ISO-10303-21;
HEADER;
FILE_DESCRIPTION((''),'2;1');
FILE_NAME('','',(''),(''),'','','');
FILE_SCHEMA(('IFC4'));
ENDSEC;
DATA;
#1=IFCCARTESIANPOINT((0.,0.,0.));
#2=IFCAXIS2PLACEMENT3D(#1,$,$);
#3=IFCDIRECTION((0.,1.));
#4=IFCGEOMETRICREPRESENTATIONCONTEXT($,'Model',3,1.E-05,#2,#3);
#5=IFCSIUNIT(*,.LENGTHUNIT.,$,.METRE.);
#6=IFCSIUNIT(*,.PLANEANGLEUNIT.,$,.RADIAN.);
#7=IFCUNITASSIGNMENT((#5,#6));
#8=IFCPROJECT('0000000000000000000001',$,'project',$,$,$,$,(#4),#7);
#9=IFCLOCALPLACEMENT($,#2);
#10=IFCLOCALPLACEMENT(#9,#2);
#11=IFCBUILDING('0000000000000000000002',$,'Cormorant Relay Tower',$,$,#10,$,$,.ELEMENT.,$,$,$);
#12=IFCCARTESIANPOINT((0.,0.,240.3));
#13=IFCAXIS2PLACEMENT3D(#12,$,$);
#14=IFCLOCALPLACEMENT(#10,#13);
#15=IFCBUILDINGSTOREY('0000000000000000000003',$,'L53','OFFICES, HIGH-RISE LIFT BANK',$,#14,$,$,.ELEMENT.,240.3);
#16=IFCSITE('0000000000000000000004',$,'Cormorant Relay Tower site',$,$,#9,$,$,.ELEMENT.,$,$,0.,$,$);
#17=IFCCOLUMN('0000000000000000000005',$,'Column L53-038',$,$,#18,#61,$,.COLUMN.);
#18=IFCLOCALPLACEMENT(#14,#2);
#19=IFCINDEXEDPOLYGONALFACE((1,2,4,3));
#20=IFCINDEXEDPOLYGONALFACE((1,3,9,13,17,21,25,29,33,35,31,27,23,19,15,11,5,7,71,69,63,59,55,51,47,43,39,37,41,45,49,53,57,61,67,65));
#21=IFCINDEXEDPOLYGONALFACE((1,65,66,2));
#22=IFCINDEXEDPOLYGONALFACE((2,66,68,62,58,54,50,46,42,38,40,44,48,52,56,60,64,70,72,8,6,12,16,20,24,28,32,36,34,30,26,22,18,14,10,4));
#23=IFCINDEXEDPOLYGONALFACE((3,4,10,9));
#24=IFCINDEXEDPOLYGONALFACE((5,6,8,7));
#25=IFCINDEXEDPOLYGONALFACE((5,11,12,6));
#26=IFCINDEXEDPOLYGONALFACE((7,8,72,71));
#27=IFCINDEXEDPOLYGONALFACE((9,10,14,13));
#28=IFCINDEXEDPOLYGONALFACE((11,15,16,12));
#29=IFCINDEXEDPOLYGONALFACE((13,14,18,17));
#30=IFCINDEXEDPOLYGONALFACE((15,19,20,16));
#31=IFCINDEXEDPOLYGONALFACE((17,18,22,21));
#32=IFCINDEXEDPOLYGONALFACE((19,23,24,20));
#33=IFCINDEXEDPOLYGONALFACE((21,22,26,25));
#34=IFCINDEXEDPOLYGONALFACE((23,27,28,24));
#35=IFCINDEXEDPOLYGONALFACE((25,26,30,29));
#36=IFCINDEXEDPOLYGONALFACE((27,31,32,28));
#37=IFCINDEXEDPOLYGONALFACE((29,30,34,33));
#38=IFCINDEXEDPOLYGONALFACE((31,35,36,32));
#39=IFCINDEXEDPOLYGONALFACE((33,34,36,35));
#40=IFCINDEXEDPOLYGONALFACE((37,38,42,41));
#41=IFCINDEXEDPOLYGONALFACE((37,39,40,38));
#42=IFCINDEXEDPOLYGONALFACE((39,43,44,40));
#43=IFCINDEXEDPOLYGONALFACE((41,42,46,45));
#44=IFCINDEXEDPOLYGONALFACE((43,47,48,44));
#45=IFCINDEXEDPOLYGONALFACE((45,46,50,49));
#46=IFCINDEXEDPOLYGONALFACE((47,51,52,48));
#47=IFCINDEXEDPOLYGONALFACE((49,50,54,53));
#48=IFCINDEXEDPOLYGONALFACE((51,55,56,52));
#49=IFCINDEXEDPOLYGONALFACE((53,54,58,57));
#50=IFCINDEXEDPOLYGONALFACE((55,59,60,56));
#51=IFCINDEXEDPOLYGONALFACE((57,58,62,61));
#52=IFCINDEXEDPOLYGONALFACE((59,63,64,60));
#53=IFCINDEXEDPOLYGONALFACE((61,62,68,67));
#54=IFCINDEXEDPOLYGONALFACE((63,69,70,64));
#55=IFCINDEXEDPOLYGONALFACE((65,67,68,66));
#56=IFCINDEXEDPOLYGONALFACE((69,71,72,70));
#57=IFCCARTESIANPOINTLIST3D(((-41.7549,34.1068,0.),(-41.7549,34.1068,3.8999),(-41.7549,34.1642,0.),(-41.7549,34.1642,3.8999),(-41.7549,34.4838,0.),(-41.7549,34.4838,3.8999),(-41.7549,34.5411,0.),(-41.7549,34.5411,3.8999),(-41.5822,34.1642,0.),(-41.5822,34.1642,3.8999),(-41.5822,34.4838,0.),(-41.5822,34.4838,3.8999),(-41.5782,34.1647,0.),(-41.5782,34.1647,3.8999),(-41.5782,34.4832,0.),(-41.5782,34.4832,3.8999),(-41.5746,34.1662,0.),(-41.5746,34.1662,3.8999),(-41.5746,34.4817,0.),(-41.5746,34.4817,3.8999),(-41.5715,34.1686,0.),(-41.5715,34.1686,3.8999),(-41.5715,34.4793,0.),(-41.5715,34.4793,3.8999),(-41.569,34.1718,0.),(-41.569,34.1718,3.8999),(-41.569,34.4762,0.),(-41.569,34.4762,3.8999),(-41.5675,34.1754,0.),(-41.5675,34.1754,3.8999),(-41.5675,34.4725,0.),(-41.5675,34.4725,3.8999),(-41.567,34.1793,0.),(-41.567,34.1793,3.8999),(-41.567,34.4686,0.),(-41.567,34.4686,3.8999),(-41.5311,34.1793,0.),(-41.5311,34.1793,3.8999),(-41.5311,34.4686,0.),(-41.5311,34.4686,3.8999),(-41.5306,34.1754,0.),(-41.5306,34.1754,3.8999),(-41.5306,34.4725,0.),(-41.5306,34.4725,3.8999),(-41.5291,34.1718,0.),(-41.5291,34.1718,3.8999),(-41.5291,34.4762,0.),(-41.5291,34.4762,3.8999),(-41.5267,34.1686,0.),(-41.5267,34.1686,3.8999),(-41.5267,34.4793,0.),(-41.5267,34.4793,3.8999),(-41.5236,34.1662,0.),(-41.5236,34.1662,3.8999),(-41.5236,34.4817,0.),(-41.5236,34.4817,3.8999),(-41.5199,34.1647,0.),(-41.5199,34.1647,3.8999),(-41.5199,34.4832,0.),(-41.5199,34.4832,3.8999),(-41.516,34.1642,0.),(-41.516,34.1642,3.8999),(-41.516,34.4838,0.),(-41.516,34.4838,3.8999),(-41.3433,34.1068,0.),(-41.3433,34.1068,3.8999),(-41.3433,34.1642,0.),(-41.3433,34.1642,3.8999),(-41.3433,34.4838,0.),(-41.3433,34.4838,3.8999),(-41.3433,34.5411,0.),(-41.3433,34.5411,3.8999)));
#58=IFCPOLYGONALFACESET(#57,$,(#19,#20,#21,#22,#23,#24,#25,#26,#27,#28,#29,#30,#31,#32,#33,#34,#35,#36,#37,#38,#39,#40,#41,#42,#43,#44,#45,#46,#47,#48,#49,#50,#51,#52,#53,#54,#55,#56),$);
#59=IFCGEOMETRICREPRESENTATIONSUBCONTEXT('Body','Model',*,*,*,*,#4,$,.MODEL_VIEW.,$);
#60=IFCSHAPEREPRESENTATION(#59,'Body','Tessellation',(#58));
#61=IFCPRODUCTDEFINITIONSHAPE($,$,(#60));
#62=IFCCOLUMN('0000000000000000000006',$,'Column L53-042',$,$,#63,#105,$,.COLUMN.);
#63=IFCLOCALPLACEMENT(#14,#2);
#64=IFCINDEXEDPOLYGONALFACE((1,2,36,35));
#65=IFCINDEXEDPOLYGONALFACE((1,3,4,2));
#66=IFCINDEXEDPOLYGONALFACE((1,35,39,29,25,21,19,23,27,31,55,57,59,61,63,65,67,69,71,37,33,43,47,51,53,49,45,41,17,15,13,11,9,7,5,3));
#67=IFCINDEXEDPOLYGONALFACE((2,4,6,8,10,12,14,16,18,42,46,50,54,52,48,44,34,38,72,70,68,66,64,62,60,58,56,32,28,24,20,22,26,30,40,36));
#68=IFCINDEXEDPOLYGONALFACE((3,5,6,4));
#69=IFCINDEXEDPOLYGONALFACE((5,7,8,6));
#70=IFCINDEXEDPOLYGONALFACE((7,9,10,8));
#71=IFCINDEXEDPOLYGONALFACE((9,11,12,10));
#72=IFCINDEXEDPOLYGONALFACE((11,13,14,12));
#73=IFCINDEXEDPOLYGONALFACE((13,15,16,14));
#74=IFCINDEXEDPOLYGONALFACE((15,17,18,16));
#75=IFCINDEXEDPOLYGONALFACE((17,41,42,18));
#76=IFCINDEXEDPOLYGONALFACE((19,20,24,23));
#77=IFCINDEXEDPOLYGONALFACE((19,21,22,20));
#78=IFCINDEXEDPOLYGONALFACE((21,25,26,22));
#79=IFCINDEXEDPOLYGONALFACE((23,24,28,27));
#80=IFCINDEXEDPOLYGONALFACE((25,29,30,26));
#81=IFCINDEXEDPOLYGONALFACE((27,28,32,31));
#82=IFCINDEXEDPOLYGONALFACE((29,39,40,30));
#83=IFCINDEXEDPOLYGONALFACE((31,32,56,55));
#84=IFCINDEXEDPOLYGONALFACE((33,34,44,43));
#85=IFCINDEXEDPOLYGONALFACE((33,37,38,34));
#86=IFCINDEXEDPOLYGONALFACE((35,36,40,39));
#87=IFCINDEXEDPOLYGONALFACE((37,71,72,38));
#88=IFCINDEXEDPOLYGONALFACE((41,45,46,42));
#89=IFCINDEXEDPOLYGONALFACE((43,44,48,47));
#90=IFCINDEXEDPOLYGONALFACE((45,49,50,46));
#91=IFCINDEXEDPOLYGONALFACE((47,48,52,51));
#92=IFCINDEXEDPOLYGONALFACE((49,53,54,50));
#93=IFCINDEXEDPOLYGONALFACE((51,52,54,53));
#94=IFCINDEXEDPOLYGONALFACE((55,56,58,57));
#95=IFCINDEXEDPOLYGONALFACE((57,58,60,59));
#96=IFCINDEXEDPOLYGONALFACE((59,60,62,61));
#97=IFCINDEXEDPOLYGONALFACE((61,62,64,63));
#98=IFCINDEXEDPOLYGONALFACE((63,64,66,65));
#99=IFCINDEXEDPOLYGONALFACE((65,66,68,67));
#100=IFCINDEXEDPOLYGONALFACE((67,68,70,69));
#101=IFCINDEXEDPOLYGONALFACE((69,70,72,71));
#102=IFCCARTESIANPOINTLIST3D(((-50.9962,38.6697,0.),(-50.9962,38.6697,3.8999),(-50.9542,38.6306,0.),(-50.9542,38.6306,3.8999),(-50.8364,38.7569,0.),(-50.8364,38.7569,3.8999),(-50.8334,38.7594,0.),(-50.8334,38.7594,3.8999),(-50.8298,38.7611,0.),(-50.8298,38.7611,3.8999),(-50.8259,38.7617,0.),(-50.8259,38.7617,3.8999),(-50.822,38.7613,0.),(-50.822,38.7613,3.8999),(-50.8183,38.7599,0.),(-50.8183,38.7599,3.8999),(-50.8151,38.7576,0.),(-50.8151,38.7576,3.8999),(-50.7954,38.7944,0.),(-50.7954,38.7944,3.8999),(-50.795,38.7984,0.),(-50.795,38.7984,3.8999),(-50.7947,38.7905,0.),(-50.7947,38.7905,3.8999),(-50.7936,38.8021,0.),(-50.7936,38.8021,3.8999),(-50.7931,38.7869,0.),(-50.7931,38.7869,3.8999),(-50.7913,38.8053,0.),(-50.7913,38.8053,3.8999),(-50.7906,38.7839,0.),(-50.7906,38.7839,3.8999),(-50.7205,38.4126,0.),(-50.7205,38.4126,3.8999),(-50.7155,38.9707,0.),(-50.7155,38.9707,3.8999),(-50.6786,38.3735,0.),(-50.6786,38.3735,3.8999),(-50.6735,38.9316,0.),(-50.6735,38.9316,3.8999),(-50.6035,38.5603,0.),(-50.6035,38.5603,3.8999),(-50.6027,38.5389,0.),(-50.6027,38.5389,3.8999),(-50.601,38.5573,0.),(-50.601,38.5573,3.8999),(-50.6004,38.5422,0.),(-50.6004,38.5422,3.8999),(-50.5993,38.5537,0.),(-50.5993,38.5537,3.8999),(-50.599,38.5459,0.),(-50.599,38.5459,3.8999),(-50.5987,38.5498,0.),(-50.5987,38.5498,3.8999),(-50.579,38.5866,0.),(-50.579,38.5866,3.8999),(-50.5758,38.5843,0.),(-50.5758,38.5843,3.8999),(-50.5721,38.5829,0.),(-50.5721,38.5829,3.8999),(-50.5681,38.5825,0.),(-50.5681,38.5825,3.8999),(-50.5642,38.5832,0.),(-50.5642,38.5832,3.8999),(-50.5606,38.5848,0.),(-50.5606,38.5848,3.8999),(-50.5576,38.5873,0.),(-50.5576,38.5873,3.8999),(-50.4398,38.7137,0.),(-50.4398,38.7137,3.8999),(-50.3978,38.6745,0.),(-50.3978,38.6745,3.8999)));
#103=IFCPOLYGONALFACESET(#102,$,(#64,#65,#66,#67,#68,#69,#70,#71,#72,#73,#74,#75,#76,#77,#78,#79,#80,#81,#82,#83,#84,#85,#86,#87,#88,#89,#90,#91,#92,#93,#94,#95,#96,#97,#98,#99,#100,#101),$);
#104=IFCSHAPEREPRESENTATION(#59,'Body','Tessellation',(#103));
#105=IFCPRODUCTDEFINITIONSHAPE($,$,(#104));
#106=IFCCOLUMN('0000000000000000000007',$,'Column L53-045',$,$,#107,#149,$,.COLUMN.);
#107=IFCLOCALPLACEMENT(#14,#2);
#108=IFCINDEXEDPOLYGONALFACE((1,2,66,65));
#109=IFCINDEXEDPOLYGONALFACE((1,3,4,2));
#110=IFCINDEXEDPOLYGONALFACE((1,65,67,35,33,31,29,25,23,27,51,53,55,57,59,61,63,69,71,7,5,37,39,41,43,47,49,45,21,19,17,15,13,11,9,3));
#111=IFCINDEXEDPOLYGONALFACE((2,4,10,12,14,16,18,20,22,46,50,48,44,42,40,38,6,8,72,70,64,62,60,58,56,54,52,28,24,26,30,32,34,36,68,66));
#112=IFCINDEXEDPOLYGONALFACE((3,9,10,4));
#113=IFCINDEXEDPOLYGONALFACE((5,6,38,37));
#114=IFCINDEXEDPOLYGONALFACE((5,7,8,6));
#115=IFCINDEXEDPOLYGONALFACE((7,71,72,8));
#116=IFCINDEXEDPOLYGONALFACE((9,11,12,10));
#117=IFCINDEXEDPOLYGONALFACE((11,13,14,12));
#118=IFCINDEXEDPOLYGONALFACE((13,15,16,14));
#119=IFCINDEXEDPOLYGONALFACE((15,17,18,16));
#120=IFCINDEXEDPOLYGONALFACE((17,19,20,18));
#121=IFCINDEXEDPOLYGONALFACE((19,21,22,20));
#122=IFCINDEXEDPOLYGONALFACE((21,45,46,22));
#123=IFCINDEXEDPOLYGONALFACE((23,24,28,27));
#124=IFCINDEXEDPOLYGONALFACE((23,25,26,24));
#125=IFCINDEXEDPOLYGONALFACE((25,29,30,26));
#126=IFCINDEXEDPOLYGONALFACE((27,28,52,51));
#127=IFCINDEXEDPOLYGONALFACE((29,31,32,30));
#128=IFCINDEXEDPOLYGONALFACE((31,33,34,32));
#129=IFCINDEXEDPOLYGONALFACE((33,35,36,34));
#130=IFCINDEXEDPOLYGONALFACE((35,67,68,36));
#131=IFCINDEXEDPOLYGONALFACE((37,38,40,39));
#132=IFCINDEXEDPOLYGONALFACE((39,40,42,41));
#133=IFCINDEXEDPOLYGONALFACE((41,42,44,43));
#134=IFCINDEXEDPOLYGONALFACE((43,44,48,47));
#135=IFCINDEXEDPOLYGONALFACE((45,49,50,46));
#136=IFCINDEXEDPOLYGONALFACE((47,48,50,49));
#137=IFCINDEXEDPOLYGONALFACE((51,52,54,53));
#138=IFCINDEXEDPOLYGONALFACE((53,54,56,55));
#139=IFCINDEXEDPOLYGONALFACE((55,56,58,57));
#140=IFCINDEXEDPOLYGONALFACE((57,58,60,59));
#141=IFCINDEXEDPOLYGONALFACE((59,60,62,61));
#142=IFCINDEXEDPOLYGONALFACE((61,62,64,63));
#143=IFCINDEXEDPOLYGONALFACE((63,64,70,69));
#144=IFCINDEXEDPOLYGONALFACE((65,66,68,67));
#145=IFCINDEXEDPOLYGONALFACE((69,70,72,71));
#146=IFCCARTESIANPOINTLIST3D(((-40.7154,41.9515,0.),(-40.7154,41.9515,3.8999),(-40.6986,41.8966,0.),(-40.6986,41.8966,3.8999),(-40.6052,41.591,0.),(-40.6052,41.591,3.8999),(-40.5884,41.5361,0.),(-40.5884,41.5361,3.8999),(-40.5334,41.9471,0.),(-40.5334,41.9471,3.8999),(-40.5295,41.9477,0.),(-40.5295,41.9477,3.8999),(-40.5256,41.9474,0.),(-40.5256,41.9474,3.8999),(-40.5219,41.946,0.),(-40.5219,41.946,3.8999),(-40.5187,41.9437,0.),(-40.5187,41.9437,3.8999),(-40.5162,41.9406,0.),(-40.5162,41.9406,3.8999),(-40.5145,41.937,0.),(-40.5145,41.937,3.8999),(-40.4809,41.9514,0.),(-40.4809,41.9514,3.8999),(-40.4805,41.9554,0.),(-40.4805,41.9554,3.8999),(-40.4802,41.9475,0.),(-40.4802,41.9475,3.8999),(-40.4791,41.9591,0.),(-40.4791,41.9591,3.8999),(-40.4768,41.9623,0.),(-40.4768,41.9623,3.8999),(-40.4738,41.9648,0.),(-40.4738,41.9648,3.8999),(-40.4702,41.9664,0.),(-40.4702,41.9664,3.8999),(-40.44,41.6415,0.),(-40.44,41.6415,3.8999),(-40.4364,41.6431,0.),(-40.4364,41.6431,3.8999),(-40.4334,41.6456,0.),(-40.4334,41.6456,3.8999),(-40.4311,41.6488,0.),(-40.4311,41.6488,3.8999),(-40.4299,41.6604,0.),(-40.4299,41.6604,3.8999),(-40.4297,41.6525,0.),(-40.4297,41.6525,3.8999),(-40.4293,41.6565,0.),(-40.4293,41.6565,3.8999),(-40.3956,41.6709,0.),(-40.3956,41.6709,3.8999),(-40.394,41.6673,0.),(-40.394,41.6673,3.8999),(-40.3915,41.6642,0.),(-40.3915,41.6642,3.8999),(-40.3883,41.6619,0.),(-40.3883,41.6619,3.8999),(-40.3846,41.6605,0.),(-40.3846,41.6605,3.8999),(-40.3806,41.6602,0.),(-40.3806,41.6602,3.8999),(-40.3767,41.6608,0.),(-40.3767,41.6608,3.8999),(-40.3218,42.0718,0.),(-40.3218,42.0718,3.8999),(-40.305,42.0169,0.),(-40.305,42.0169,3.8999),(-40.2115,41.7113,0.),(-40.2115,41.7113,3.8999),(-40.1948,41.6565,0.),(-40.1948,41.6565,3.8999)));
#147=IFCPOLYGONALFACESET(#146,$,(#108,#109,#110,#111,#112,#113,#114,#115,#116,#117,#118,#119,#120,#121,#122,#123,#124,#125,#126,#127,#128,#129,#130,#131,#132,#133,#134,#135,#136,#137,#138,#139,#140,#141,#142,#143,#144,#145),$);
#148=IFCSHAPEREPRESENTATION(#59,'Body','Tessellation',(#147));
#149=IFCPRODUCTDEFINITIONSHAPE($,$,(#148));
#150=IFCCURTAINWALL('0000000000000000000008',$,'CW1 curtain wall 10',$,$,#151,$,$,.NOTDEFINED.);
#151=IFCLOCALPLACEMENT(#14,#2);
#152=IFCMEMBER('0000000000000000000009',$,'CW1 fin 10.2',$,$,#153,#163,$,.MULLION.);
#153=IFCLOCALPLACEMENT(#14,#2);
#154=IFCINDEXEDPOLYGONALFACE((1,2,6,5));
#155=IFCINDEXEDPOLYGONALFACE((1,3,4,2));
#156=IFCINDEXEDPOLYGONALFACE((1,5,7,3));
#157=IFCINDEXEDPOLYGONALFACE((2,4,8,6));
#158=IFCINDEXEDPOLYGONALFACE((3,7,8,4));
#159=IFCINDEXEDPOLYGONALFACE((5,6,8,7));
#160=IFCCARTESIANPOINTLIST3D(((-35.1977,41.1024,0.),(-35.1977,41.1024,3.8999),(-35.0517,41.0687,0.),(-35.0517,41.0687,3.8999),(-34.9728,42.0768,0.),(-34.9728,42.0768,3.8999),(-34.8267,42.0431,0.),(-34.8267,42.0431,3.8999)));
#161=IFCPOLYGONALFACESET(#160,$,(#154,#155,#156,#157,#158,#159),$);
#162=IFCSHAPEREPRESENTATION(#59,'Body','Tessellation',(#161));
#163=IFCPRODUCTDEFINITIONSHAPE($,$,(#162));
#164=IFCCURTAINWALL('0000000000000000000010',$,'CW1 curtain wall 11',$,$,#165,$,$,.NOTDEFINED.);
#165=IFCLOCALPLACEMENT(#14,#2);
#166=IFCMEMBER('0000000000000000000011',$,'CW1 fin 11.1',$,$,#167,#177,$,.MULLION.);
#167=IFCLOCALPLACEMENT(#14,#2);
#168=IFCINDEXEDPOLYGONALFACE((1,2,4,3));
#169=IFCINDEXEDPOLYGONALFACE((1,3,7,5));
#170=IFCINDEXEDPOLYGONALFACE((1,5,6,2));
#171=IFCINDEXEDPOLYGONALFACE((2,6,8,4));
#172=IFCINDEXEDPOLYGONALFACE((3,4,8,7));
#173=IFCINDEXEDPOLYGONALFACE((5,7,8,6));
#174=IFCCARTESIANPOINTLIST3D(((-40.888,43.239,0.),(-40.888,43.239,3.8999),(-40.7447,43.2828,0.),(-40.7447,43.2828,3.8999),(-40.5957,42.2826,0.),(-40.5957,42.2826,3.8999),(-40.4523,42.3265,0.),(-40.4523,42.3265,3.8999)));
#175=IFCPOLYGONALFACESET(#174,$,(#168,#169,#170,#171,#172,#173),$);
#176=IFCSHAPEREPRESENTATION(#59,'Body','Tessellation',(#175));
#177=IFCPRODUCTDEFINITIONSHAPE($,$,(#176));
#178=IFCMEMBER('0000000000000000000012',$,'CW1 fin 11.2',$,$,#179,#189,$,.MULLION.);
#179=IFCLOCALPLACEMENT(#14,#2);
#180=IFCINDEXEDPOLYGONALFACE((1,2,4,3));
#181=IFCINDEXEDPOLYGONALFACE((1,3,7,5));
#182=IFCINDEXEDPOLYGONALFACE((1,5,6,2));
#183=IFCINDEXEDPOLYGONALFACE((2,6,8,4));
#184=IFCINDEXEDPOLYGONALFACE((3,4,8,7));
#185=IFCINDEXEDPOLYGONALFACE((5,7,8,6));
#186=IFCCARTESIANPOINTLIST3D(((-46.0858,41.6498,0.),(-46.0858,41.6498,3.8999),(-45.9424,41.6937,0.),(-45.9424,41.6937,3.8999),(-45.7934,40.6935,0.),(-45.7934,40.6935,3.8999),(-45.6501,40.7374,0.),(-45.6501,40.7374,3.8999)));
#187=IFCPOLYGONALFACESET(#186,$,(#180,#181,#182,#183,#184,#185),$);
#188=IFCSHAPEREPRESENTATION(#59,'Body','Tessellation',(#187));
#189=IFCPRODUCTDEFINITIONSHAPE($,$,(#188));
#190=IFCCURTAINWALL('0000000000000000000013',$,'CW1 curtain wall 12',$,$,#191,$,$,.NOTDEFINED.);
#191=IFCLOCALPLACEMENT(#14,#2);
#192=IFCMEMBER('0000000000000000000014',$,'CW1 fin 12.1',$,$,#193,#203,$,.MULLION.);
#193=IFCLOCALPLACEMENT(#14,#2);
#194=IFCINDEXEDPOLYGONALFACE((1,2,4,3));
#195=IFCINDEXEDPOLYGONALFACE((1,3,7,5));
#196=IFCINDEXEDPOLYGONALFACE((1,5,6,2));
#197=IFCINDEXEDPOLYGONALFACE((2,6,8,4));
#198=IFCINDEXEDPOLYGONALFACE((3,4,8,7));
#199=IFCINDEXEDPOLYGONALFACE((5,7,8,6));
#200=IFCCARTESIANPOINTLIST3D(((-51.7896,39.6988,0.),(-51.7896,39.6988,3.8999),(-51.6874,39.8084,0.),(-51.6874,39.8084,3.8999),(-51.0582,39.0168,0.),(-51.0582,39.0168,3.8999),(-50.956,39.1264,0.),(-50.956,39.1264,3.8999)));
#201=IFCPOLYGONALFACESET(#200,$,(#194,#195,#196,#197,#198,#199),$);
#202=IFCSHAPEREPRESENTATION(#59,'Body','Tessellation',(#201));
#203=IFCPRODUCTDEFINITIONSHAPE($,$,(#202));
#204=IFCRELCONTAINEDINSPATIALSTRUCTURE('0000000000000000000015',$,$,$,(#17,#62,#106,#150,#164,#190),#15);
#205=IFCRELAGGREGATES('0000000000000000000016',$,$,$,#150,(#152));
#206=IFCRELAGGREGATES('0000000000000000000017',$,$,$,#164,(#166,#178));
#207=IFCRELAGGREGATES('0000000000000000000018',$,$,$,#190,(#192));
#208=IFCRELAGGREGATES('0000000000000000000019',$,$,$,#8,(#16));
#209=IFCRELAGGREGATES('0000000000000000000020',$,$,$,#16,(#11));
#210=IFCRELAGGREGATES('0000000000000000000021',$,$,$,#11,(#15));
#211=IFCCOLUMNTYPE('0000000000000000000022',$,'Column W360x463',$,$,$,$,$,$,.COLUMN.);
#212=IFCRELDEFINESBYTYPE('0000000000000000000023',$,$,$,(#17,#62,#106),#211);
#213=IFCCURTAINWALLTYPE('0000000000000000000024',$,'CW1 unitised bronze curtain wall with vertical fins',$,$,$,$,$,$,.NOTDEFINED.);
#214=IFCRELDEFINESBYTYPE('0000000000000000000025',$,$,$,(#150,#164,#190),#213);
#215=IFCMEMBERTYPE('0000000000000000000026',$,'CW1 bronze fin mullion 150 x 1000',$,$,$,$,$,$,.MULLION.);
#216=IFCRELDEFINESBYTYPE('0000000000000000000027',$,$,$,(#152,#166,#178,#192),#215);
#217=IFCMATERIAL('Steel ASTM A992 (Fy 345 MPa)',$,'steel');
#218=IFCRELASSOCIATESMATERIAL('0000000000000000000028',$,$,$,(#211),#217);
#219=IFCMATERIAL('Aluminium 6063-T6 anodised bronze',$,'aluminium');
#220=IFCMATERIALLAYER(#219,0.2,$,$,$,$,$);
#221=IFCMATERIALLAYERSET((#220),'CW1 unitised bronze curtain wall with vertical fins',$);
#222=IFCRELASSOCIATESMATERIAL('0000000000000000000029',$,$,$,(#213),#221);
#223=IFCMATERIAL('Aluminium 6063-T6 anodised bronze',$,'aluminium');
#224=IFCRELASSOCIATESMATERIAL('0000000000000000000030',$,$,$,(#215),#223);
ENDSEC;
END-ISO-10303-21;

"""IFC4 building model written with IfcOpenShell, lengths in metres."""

from ifc_helpers import new_model, si_unit, direction, frame, origin, origin_2d, place, context, subcontext, project, spatial, rectangle, i_section, extrude, material, layer, layer_set, material_profile, profile_set, type_object, element, aggregate, save


model = new_model("IFC4")

# Units and contexts
model_context = context("Model", 3, precision=1e-05, world=origin(), true_north=direction((0.0, 1.0)))
body_context = subcontext(model_context, "Body", "Model", "MODEL_VIEW")
ifc_project = project(units=[si_unit("LENGTHUNIT", "METRE"), si_unit("PLANEANGLEUNIT", "RADIAN")], contexts=[model_context])

# Site, building, storey
site_placement = place(None, origin())
site = spatial("IfcSite", under=ifc_project, at=site_placement, Name="Cormorant Relay Tower site", CompositionType="ELEMENT", RefElevation=0.0)
building_placement = place(site_placement, origin())
building = spatial("IfcBuilding", under=site, at=building_placement, Name="Cormorant Relay Tower", CompositionType="ELEMENT")
storey_placement = place(building_placement, frame((0.0, 0.0, 240.3)))
storey = spatial("IfcBuildingStorey", under=building, at=storey_placement, Name="L53", Description="OFFICES, HIGH-RISE LIFT BANK", CompositionType="ELEMENT", Elevation=240.3)

# Columns
ifc_material_1 = material(Name="Steel ASTM A992 (Fy 345 MPa)", Category="steel")
ifc_material_profile_1 = material_profile(ifc_material_1, i_section(OverallWidth=0.4116, OverallDepth=0.4343, WebThickness=0.0359, FlangeThickness=0.0574, FilletRadius=0.0151, at=origin_2d()), Name="W360x463")
ifc_profile_set_1 = profile_set([ifc_material_profile_1], Name="Steel ASTM A992 (Fy 345 MPa)")
column_type = type_object("IfcColumnType", Name="Column W360x463", PredefinedType="COLUMN", material=ifc_profile_set_1)
for number, where, z_axis, x_axis, name in (
    (1, (-41.5491, 34.324, 0.0), (0.0, 0.0, 1.0), (1.0, 0.0, 0.0), "Column L53-038"),
    (2, (-50.697, 38.6721, 0.0), (0.0, 0.0, 1.0), (-0.681998, -0.731354, 0.0), "Column L53-042"),
    (3, (-40.4551, 41.804, 0.0), (0.0, 0.0, 1.0), (-0.956305, -0.292372, 0.0), "Column L53-045"),
):
    element("IfcColumn", number, at=place(storey_placement, frame(where, z_axis=z_axis, x_axis=x_axis)), inside=storey, type_object=column_type, Name=name, PredefinedType="COLUMN", context=body_context, shape_type="SweptSolid", body=[
        extrude(i_section(OverallWidth=0.4116, OverallDepth=0.4343, WebThickness=0.0359, FlangeThickness=0.0574, FilletRadius=0.0151, at=origin_2d()), origin(), (0.0, 0.0, 1.0), 3.8999),
    ])

# Curtain wall, member
ifc_material_2 = material(Name="Aluminium 6063-T6 anodised bronze", Category="aluminium")
ifc_layer_1 = layer(ifc_material_2, 0.2)
ifc_layer_set_1 = layer_set([ifc_layer_1], Name="CW1 unitised bronze curtain wall with vertical fins")
curtain_wall_type = type_object("IfcCurtainWallType", Name="CW1 unitised bronze curtain wall with vertical fins", PredefinedType="NOTDEFINED", material=ifc_layer_set_1)
curtain_wall_1_placement = place(storey_placement, origin())
curtain_wall_1 = element("IfcCurtainWall", 4, at=curtain_wall_1_placement, inside=storey, type_object=curtain_wall_type, Name="CW1 curtain wall 10", PredefinedType="NOTDEFINED")
ifc_material_3 = material(Name="Aluminium 6063-T6 anodised bronze", Category="aluminium")
ifc_material_profile_2 = material_profile(ifc_material_3, rectangle(XDim=0.1499, YDim=1.0, at=origin_2d()), Name="AL 150x1000")
ifc_profile_set_2 = profile_set([ifc_material_profile_2], Name="Aluminium 6063-T6 anodised bronze")
member_type_1 = type_object("IfcMemberType", Name="CW1 bronze fin mullion 150 x 1000", PredefinedType="MULLION", material=ifc_profile_set_2)
member_1_placement = place(storey_placement, frame((-35.0122, 41.5728, 0.0), z_axis=(0.0, 0.0, 1.0), x_axis=(-0.97437, 0.224951, 0.0)))
member_1 = element("IfcMember", 5, at=member_1_placement, type_object=member_type_1, Name="CW1 fin 10.2", PredefinedType="MULLION", context=body_context, shape_type="SweptSolid", body=[
    extrude(rectangle(XDim=0.1499, YDim=1.0, at=origin_2d()), origin(), (0.0, 0.0, 1.0), 3.8999),
])

# Curtain walls, members
curtain_wall_2_placement = place(storey_placement, origin())
curtain_wall_2 = element("IfcCurtainWall", 6, at=curtain_wall_2_placement, inside=storey, type_object=curtain_wall_type, Name="CW1 curtain wall 11", PredefinedType="NOTDEFINED")
member_2_placement = place(storey_placement, frame((-40.6702, 42.7827, 0.0), z_axis=(0.0, 0.0, 1.0), x_axis=(-0.956305, -0.292372, 0.0)))
member_2 = element("IfcMember", 7, at=member_2_placement, type_object=member_type_1, Name="CW1 fin 11.1", PredefinedType="MULLION", context=body_context, shape_type="SweptSolid", body=[
    extrude(rectangle(XDim=0.1499, YDim=1.0, at=origin_2d()), origin(), (0.0, 0.0, 1.0), 3.8999),
])
member_3_placement = place(storey_placement, frame((-45.8679, 41.1936, 0.0), z_axis=(0.0, 0.0, 1.0), x_axis=(-0.956305, -0.292372, 0.0)))
member_3 = element("IfcMember", 8, at=member_3_placement, type_object=member_type_1, Name="CW1 fin 11.2", PredefinedType="MULLION", context=body_context, shape_type="SweptSolid", body=[
    extrude(rectangle(XDim=0.1499, YDim=1.0, at=origin_2d()), origin(), (0.0, 0.0, 1.0), 3.8999),
])
curtain_wall_3_placement = place(storey_placement, origin())
curtain_wall_3 = element("IfcCurtainWall", 9, at=curtain_wall_3_placement, inside=storey, type_object=curtain_wall_type, Name="CW1 curtain wall 12", PredefinedType="NOTDEFINED")
member_4_placement = place(storey_placement, frame((-51.3728, 39.4126, 0.0), z_axis=(0.0, 0.0, 1.0), x_axis=(-0.681998, -0.731354, 0.0)))
member_4 = element("IfcMember", 10, at=member_4_placement, type_object=member_type_1, Name="CW1 fin 12.1", PredefinedType="MULLION", context=body_context, shape_type="SweptSolid", body=[
    extrude(rectangle(XDim=0.1499, YDim=1.0, at=origin_2d()), origin(), (0.0, 0.0, 1.0), 3.8999),
])

aggregate(curtain_wall_1, [member_1])
aggregate(curtain_wall_2, [member_2, member_3])
aggregate(curtain_wall_3, [member_4])

save(model, "model.ifc")
